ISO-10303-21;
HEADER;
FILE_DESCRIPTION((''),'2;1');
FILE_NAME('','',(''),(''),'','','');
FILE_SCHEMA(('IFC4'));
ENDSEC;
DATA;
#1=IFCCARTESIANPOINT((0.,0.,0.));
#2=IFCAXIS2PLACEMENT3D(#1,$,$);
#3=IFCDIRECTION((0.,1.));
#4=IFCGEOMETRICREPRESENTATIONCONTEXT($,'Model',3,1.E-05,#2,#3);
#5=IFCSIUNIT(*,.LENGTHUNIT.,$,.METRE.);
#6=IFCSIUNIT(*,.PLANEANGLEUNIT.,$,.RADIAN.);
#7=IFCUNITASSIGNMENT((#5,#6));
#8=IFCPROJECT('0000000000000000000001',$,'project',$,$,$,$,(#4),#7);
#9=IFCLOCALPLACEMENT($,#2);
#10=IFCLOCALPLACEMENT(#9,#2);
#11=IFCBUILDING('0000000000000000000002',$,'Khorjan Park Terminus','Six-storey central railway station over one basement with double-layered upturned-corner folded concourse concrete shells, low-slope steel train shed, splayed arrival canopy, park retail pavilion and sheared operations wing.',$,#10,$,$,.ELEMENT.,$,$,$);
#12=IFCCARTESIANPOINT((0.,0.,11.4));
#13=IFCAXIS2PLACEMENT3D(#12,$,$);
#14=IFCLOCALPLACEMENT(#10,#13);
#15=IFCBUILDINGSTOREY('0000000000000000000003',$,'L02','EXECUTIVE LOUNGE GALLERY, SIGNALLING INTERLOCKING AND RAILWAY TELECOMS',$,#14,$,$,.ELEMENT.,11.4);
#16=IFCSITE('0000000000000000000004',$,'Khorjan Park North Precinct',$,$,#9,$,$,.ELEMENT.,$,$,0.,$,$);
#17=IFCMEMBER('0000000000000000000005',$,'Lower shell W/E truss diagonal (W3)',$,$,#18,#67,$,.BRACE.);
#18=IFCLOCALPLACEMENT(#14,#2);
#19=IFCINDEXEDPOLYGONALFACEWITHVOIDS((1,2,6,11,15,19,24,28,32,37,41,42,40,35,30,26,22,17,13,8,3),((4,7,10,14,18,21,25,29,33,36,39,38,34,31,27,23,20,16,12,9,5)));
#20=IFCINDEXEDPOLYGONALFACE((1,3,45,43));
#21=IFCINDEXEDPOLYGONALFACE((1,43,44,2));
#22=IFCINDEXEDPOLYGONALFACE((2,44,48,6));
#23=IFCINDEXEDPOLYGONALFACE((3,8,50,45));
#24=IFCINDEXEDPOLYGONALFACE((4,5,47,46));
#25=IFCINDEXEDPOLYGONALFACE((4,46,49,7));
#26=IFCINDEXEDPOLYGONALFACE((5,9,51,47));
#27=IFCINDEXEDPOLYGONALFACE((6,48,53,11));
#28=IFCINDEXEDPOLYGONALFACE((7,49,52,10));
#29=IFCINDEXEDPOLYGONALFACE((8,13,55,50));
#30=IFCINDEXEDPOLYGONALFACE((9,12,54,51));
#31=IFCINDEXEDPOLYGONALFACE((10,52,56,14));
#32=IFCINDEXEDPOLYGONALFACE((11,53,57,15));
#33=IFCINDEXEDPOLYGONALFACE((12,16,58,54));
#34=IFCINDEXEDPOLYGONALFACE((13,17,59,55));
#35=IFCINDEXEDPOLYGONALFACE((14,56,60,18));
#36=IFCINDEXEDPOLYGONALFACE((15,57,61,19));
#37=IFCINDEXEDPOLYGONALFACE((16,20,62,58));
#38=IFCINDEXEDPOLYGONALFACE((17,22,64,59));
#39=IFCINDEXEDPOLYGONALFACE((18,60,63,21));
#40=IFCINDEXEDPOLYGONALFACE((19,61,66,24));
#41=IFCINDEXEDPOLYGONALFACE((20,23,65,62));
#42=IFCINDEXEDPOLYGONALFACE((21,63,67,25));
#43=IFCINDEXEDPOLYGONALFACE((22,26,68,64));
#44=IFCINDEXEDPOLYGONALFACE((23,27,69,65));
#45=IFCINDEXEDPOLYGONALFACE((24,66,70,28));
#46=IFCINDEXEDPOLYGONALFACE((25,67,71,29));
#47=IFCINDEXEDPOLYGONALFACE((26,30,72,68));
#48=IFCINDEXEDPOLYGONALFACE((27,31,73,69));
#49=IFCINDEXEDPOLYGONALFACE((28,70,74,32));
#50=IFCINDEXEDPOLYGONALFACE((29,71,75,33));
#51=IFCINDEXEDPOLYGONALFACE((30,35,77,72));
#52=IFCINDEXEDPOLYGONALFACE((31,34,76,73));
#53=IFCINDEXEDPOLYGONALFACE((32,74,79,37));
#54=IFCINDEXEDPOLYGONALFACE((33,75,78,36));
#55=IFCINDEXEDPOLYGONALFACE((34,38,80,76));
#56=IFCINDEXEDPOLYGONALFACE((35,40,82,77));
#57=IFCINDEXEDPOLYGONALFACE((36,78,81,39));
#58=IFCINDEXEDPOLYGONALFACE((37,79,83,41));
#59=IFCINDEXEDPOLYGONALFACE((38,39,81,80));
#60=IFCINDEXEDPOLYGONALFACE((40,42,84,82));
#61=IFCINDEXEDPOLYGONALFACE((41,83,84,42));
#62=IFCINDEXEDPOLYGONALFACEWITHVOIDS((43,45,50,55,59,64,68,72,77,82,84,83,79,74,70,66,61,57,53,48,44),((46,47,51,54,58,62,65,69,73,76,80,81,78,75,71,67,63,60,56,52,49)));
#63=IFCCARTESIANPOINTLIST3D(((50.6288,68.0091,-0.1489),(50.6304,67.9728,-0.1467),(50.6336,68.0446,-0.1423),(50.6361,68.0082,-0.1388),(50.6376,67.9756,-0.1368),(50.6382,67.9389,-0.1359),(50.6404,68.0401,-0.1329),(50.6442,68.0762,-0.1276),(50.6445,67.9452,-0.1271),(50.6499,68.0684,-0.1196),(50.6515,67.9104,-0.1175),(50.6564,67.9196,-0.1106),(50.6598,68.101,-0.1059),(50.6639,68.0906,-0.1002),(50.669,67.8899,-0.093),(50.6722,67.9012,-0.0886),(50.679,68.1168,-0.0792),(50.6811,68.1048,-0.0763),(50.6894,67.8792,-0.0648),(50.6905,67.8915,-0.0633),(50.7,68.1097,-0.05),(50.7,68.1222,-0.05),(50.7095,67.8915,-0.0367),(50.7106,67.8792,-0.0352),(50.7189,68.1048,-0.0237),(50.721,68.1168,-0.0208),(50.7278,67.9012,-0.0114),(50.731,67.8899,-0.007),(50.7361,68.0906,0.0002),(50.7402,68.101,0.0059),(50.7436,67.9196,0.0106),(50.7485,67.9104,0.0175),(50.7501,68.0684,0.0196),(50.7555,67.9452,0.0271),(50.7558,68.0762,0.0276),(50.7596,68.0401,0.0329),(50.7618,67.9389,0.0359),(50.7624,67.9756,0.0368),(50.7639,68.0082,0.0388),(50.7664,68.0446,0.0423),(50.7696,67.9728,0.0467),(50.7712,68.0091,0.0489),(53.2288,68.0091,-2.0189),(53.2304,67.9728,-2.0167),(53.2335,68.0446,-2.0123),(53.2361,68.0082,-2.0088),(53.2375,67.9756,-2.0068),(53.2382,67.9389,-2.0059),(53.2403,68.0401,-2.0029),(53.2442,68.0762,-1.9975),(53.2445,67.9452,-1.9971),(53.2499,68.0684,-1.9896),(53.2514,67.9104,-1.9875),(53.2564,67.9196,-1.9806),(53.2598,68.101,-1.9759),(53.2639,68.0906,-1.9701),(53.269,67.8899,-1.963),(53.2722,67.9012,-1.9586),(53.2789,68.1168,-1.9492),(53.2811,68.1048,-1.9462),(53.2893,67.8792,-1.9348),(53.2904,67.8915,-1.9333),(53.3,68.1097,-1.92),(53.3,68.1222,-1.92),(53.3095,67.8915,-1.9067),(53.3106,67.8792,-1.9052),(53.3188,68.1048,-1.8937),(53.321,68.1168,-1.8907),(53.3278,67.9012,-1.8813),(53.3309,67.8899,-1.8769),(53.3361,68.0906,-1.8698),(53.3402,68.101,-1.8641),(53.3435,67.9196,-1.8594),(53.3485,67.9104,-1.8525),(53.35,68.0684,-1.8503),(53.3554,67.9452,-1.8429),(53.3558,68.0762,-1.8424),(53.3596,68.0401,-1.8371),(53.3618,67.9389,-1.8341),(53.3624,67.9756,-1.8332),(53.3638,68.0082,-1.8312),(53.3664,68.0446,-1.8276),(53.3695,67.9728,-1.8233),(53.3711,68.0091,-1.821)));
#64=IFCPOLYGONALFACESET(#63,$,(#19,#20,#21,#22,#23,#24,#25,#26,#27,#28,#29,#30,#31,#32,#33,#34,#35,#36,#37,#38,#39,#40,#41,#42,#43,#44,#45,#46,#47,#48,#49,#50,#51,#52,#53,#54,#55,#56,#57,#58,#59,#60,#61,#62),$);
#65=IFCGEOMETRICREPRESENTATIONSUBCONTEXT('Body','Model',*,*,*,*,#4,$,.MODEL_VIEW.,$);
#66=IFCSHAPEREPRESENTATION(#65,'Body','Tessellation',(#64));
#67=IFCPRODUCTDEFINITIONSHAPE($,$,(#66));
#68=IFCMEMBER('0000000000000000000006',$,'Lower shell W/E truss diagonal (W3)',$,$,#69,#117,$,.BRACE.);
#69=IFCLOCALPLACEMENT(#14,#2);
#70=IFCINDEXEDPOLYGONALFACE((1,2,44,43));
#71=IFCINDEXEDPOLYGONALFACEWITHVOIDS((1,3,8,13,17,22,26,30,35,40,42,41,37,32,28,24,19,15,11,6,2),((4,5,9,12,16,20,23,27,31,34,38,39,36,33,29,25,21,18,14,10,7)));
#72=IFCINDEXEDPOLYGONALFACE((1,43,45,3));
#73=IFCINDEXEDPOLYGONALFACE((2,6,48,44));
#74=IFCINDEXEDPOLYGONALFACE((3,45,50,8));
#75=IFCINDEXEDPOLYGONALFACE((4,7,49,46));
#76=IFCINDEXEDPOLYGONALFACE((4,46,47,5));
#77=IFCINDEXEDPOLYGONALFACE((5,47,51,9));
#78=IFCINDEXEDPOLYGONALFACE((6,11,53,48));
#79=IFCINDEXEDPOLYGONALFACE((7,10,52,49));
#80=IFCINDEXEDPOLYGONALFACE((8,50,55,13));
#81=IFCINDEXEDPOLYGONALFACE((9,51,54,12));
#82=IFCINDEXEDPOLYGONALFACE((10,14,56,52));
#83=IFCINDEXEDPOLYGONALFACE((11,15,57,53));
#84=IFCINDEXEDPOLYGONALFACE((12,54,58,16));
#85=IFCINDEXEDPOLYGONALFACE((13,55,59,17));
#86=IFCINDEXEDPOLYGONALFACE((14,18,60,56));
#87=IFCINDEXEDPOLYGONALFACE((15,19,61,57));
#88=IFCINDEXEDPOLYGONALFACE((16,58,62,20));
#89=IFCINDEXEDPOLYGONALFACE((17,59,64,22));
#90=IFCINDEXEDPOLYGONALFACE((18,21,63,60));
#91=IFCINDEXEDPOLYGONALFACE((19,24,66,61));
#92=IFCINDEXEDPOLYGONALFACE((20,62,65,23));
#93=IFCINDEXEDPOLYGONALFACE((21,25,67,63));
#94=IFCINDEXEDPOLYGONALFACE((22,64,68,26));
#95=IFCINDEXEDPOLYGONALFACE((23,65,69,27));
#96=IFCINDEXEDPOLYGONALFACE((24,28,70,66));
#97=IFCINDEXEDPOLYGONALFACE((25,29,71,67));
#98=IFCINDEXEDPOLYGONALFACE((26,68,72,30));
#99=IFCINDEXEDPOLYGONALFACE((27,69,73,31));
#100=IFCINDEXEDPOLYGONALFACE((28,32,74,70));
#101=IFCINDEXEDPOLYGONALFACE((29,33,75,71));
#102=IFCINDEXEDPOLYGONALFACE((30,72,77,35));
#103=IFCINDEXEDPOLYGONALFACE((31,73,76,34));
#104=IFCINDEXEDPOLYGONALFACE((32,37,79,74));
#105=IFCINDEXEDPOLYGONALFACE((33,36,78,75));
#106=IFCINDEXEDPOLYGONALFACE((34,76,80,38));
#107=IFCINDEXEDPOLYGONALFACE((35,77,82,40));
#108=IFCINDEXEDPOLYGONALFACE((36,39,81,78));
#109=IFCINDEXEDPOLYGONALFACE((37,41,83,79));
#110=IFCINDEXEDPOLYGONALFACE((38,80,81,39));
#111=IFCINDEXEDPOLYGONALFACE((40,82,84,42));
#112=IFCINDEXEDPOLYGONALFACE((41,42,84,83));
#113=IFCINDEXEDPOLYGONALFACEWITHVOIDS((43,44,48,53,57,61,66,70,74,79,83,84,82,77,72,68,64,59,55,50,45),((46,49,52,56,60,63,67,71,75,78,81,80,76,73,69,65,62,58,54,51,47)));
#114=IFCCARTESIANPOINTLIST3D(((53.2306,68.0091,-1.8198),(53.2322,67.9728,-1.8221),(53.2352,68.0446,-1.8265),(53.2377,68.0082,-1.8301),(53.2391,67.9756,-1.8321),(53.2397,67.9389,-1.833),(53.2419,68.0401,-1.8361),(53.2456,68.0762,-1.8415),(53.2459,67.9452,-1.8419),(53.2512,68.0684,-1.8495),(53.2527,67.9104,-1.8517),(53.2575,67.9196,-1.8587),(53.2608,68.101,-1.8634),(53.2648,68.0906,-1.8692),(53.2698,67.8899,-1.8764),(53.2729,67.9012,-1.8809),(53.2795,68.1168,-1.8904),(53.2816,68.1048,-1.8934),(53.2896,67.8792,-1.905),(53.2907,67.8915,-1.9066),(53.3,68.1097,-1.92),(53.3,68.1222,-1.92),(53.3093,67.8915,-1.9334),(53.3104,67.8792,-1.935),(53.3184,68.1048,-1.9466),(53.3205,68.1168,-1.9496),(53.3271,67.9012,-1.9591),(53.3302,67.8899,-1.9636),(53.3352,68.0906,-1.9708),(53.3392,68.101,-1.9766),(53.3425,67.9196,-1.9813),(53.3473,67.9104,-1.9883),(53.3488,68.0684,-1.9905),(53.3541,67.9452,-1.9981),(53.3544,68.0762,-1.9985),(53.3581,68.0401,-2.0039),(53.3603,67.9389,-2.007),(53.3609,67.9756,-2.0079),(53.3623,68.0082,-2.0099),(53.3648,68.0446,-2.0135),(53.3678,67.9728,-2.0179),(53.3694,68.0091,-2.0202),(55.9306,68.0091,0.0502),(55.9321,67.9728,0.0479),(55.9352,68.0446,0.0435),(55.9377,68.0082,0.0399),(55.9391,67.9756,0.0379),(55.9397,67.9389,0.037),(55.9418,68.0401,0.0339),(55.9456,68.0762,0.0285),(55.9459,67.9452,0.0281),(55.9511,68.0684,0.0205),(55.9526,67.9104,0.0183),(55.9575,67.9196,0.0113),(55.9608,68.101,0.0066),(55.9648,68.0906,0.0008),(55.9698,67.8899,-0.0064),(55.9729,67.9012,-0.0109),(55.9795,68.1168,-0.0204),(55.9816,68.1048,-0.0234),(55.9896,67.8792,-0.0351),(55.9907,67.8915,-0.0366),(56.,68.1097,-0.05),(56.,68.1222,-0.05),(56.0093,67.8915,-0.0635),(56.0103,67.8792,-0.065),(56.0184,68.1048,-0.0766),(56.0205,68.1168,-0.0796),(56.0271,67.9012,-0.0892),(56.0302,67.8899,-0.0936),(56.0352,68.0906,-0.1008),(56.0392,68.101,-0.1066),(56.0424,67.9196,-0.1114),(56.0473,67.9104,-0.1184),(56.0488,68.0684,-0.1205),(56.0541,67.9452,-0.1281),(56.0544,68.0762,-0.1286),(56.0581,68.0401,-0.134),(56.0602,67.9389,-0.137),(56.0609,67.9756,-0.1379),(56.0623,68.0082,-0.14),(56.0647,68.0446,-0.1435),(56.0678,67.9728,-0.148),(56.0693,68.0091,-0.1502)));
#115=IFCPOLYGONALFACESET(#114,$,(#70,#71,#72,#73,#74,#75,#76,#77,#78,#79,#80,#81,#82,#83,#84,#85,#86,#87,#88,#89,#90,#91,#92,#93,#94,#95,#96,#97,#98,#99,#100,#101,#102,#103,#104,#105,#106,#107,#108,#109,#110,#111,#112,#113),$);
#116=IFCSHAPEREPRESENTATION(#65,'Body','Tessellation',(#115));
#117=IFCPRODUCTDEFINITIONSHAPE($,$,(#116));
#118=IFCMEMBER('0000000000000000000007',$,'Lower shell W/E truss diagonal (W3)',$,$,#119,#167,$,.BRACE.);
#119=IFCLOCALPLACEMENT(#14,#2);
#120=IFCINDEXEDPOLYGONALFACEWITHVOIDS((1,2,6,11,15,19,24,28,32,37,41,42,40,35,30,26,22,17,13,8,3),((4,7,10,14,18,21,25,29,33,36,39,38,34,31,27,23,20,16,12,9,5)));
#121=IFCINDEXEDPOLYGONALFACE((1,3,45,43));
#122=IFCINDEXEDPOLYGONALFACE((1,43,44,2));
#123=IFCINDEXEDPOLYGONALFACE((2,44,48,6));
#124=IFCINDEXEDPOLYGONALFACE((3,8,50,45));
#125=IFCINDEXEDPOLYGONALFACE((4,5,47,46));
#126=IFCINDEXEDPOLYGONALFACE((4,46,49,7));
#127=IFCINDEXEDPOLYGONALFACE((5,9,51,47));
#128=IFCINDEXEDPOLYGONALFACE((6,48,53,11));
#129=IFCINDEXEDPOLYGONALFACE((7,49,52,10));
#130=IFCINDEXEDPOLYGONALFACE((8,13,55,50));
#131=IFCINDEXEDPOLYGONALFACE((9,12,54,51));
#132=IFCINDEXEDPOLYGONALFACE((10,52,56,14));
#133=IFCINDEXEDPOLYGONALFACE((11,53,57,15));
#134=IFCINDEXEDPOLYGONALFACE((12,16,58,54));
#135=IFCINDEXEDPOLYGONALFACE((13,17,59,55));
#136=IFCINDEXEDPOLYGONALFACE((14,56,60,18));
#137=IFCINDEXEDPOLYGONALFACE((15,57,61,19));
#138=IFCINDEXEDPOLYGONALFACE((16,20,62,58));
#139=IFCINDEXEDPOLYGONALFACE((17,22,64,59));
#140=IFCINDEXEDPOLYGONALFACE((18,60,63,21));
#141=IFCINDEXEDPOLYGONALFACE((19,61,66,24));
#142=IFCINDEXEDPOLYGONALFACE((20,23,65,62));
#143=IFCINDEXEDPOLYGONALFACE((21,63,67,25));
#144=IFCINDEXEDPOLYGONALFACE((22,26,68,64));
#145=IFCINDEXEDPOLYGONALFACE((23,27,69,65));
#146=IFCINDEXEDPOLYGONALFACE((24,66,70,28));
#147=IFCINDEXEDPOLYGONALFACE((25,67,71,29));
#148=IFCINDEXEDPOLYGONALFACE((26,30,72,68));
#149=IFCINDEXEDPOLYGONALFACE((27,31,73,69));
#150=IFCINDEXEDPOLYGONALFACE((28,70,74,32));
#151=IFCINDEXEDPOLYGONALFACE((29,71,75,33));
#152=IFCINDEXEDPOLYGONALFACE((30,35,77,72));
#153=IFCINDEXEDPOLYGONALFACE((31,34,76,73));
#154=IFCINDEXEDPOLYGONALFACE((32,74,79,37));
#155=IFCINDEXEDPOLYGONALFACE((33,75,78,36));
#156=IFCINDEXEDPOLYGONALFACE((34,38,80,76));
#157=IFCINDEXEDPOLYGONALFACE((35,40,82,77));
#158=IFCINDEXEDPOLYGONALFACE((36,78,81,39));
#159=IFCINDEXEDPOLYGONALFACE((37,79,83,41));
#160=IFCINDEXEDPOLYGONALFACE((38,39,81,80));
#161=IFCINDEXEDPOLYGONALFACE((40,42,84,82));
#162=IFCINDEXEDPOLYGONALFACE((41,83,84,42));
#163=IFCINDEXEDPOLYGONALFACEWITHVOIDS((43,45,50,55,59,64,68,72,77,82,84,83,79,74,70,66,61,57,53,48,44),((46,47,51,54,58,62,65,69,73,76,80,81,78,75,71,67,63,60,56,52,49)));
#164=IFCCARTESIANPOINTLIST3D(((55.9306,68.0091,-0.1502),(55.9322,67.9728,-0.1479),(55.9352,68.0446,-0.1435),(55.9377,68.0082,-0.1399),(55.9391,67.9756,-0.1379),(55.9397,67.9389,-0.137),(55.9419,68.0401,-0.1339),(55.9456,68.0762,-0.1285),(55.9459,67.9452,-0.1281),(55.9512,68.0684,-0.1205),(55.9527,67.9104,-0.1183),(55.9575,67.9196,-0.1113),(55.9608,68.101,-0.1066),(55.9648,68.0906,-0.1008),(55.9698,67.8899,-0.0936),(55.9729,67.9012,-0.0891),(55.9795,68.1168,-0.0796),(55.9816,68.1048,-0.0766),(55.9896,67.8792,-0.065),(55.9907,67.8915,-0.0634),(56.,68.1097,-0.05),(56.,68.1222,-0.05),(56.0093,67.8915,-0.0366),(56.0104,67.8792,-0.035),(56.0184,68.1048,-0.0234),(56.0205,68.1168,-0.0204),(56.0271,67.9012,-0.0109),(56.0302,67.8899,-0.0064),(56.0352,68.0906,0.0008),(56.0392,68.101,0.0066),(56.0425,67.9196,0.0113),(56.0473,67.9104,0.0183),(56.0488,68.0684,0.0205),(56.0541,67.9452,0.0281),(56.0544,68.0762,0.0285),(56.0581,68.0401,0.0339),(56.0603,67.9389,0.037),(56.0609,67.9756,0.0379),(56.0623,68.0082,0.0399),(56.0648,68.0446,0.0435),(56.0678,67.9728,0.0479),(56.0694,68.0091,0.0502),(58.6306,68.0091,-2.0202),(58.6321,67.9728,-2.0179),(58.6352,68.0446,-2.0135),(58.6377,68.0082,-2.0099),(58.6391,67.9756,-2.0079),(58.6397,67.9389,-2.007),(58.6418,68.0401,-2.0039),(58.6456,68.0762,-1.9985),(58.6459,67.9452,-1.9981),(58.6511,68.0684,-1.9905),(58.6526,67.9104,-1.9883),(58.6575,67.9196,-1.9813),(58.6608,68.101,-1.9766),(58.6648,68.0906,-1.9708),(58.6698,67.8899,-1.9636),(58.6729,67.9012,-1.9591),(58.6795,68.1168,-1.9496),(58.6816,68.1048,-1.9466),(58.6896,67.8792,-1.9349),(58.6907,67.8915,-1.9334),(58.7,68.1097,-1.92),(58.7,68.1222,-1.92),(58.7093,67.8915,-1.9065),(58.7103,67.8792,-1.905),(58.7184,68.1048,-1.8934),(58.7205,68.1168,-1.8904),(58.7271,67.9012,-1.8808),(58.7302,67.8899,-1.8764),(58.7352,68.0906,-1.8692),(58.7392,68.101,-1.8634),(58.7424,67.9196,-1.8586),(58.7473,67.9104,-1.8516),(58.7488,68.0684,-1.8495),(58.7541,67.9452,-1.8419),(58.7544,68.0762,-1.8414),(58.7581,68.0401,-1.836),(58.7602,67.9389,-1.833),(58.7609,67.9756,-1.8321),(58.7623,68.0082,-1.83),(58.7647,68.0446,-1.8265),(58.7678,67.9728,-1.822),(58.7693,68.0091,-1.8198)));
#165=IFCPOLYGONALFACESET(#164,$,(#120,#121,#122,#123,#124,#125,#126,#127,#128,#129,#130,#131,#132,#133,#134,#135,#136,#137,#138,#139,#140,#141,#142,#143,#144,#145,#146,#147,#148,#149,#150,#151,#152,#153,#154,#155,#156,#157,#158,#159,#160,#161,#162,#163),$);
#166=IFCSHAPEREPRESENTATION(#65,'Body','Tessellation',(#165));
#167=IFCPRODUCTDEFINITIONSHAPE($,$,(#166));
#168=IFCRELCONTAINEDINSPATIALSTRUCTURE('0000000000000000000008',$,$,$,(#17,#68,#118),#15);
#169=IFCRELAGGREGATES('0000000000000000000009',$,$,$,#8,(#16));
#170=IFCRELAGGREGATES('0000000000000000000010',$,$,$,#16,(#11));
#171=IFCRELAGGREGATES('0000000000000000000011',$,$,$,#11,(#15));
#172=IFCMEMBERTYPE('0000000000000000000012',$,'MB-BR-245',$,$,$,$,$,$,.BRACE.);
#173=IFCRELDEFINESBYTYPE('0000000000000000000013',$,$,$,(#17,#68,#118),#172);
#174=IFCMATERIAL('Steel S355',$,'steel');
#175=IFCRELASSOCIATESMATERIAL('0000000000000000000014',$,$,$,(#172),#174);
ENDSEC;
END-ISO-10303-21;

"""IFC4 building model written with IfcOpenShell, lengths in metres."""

from ifc_helpers import new_model, si_unit, direction, frame, origin, origin_2d, place, context, subcontext, project, spatial, hollow_circle, extrude, material, material_profile, profile_set, type_object, element, save


model = new_model("IFC4")

# Units and contexts
model_context = context("Model", 3, precision=1e-05, world=origin(), true_north=direction((0.0, 1.0)))
body_context = subcontext(model_context, "Body", "Model", "MODEL_VIEW")
ifc_project = project(units=[si_unit("LENGTHUNIT", "METRE"), si_unit("PLANEANGLEUNIT", "RADIAN")], contexts=[model_context])

# Site, building, storey
site_placement = place(None, origin())
site = spatial("IfcSite", under=ifc_project, at=site_placement, Name="Khorjan Park North Precinct", CompositionType="ELEMENT", RefElevation=0.0)
building_placement = place(site_placement, origin())
building = spatial("IfcBuilding", under=site, at=building_placement, Name="Khorjan Park Terminus", Description="Six-storey central railway station over one basement with double-layered upturned-corner folded concourse concrete shells, low-slope steel train shed, splayed arrival canopy, park retail pavilion and sheared operations wing.", CompositionType="ELEMENT")
storey_placement = place(building_placement, frame((0.0, 0.0, 11.4)))
storey = spatial("IfcBuildingStorey", under=building, at=storey_placement, Name="L02", Description="EXECUTIVE LOUNGE GALLERY, SIGNALLING INTERLOCKING AND RAILWAY TELECOMS", CompositionType="ELEMENT", Elevation=11.4)

# Members
ifc_material_1 = material(Name="Steel S355", Category="steel")
ifc_material_profile_1 = material_profile(ifc_material_1, hollow_circle(Radius=0.1222, WallThickness=0.0125, at=origin_2d()), Name="CHS 244.5x12.5")
ifc_profile_set_1 = profile_set([ifc_material_profile_1], Name="Steel S355")
member_type_1 = type_object("IfcMemberType", Name="MB-BR-245", PredefinedType="BRACE", material=ifc_profile_set_1)
member_1_placement = place(storey_placement, frame((50.7, 68.0, -0.05), z_axis=(0.81183, 0.0, -0.583893), x_axis=(0.0, 1.0, 0.0)))
element("IfcMember", 1, at=member_1_placement, inside=storey, type_object=member_type_1, Name="Lower shell W/E truss diagonal (W3)", PredefinedType="BRACE", context=body_context, shape_type="SweptSolid", body=[
    extrude(hollow_circle(Radius=0.1222, WallThickness=0.0125, at=origin_2d()), origin(), (0.0, 0.0, 1.0), 3.2026),
])
for number, where, z_axis, x_axis, name in (
    (2, (53.3, 68.0, -1.92), (0.822083, 0.0, 0.569368), (0.0, 1.0, 0.0), "Lower shell W/E truss diagonal (W3)"),
    (3, (56.0, 68.0, -0.05), (0.822083, 0.0, -0.569368), (0.0, 1.0, 0.0), "Lower shell W/E truss diagonal (W3)"),
):
    element("IfcMember", number, at=place(storey_placement, frame(where, z_axis=z_axis, x_axis=x_axis)), inside=storey, type_object=member_type_1, Name=name, PredefinedType="BRACE", context=body_context, shape_type="SweptSolid", body=[
        extrude(hollow_circle(Radius=0.1222, WallThickness=0.0125, at=origin_2d()), origin(), (0.0, 0.0, 1.0), 3.2843),
    ])

save(model, "model.ifc")
